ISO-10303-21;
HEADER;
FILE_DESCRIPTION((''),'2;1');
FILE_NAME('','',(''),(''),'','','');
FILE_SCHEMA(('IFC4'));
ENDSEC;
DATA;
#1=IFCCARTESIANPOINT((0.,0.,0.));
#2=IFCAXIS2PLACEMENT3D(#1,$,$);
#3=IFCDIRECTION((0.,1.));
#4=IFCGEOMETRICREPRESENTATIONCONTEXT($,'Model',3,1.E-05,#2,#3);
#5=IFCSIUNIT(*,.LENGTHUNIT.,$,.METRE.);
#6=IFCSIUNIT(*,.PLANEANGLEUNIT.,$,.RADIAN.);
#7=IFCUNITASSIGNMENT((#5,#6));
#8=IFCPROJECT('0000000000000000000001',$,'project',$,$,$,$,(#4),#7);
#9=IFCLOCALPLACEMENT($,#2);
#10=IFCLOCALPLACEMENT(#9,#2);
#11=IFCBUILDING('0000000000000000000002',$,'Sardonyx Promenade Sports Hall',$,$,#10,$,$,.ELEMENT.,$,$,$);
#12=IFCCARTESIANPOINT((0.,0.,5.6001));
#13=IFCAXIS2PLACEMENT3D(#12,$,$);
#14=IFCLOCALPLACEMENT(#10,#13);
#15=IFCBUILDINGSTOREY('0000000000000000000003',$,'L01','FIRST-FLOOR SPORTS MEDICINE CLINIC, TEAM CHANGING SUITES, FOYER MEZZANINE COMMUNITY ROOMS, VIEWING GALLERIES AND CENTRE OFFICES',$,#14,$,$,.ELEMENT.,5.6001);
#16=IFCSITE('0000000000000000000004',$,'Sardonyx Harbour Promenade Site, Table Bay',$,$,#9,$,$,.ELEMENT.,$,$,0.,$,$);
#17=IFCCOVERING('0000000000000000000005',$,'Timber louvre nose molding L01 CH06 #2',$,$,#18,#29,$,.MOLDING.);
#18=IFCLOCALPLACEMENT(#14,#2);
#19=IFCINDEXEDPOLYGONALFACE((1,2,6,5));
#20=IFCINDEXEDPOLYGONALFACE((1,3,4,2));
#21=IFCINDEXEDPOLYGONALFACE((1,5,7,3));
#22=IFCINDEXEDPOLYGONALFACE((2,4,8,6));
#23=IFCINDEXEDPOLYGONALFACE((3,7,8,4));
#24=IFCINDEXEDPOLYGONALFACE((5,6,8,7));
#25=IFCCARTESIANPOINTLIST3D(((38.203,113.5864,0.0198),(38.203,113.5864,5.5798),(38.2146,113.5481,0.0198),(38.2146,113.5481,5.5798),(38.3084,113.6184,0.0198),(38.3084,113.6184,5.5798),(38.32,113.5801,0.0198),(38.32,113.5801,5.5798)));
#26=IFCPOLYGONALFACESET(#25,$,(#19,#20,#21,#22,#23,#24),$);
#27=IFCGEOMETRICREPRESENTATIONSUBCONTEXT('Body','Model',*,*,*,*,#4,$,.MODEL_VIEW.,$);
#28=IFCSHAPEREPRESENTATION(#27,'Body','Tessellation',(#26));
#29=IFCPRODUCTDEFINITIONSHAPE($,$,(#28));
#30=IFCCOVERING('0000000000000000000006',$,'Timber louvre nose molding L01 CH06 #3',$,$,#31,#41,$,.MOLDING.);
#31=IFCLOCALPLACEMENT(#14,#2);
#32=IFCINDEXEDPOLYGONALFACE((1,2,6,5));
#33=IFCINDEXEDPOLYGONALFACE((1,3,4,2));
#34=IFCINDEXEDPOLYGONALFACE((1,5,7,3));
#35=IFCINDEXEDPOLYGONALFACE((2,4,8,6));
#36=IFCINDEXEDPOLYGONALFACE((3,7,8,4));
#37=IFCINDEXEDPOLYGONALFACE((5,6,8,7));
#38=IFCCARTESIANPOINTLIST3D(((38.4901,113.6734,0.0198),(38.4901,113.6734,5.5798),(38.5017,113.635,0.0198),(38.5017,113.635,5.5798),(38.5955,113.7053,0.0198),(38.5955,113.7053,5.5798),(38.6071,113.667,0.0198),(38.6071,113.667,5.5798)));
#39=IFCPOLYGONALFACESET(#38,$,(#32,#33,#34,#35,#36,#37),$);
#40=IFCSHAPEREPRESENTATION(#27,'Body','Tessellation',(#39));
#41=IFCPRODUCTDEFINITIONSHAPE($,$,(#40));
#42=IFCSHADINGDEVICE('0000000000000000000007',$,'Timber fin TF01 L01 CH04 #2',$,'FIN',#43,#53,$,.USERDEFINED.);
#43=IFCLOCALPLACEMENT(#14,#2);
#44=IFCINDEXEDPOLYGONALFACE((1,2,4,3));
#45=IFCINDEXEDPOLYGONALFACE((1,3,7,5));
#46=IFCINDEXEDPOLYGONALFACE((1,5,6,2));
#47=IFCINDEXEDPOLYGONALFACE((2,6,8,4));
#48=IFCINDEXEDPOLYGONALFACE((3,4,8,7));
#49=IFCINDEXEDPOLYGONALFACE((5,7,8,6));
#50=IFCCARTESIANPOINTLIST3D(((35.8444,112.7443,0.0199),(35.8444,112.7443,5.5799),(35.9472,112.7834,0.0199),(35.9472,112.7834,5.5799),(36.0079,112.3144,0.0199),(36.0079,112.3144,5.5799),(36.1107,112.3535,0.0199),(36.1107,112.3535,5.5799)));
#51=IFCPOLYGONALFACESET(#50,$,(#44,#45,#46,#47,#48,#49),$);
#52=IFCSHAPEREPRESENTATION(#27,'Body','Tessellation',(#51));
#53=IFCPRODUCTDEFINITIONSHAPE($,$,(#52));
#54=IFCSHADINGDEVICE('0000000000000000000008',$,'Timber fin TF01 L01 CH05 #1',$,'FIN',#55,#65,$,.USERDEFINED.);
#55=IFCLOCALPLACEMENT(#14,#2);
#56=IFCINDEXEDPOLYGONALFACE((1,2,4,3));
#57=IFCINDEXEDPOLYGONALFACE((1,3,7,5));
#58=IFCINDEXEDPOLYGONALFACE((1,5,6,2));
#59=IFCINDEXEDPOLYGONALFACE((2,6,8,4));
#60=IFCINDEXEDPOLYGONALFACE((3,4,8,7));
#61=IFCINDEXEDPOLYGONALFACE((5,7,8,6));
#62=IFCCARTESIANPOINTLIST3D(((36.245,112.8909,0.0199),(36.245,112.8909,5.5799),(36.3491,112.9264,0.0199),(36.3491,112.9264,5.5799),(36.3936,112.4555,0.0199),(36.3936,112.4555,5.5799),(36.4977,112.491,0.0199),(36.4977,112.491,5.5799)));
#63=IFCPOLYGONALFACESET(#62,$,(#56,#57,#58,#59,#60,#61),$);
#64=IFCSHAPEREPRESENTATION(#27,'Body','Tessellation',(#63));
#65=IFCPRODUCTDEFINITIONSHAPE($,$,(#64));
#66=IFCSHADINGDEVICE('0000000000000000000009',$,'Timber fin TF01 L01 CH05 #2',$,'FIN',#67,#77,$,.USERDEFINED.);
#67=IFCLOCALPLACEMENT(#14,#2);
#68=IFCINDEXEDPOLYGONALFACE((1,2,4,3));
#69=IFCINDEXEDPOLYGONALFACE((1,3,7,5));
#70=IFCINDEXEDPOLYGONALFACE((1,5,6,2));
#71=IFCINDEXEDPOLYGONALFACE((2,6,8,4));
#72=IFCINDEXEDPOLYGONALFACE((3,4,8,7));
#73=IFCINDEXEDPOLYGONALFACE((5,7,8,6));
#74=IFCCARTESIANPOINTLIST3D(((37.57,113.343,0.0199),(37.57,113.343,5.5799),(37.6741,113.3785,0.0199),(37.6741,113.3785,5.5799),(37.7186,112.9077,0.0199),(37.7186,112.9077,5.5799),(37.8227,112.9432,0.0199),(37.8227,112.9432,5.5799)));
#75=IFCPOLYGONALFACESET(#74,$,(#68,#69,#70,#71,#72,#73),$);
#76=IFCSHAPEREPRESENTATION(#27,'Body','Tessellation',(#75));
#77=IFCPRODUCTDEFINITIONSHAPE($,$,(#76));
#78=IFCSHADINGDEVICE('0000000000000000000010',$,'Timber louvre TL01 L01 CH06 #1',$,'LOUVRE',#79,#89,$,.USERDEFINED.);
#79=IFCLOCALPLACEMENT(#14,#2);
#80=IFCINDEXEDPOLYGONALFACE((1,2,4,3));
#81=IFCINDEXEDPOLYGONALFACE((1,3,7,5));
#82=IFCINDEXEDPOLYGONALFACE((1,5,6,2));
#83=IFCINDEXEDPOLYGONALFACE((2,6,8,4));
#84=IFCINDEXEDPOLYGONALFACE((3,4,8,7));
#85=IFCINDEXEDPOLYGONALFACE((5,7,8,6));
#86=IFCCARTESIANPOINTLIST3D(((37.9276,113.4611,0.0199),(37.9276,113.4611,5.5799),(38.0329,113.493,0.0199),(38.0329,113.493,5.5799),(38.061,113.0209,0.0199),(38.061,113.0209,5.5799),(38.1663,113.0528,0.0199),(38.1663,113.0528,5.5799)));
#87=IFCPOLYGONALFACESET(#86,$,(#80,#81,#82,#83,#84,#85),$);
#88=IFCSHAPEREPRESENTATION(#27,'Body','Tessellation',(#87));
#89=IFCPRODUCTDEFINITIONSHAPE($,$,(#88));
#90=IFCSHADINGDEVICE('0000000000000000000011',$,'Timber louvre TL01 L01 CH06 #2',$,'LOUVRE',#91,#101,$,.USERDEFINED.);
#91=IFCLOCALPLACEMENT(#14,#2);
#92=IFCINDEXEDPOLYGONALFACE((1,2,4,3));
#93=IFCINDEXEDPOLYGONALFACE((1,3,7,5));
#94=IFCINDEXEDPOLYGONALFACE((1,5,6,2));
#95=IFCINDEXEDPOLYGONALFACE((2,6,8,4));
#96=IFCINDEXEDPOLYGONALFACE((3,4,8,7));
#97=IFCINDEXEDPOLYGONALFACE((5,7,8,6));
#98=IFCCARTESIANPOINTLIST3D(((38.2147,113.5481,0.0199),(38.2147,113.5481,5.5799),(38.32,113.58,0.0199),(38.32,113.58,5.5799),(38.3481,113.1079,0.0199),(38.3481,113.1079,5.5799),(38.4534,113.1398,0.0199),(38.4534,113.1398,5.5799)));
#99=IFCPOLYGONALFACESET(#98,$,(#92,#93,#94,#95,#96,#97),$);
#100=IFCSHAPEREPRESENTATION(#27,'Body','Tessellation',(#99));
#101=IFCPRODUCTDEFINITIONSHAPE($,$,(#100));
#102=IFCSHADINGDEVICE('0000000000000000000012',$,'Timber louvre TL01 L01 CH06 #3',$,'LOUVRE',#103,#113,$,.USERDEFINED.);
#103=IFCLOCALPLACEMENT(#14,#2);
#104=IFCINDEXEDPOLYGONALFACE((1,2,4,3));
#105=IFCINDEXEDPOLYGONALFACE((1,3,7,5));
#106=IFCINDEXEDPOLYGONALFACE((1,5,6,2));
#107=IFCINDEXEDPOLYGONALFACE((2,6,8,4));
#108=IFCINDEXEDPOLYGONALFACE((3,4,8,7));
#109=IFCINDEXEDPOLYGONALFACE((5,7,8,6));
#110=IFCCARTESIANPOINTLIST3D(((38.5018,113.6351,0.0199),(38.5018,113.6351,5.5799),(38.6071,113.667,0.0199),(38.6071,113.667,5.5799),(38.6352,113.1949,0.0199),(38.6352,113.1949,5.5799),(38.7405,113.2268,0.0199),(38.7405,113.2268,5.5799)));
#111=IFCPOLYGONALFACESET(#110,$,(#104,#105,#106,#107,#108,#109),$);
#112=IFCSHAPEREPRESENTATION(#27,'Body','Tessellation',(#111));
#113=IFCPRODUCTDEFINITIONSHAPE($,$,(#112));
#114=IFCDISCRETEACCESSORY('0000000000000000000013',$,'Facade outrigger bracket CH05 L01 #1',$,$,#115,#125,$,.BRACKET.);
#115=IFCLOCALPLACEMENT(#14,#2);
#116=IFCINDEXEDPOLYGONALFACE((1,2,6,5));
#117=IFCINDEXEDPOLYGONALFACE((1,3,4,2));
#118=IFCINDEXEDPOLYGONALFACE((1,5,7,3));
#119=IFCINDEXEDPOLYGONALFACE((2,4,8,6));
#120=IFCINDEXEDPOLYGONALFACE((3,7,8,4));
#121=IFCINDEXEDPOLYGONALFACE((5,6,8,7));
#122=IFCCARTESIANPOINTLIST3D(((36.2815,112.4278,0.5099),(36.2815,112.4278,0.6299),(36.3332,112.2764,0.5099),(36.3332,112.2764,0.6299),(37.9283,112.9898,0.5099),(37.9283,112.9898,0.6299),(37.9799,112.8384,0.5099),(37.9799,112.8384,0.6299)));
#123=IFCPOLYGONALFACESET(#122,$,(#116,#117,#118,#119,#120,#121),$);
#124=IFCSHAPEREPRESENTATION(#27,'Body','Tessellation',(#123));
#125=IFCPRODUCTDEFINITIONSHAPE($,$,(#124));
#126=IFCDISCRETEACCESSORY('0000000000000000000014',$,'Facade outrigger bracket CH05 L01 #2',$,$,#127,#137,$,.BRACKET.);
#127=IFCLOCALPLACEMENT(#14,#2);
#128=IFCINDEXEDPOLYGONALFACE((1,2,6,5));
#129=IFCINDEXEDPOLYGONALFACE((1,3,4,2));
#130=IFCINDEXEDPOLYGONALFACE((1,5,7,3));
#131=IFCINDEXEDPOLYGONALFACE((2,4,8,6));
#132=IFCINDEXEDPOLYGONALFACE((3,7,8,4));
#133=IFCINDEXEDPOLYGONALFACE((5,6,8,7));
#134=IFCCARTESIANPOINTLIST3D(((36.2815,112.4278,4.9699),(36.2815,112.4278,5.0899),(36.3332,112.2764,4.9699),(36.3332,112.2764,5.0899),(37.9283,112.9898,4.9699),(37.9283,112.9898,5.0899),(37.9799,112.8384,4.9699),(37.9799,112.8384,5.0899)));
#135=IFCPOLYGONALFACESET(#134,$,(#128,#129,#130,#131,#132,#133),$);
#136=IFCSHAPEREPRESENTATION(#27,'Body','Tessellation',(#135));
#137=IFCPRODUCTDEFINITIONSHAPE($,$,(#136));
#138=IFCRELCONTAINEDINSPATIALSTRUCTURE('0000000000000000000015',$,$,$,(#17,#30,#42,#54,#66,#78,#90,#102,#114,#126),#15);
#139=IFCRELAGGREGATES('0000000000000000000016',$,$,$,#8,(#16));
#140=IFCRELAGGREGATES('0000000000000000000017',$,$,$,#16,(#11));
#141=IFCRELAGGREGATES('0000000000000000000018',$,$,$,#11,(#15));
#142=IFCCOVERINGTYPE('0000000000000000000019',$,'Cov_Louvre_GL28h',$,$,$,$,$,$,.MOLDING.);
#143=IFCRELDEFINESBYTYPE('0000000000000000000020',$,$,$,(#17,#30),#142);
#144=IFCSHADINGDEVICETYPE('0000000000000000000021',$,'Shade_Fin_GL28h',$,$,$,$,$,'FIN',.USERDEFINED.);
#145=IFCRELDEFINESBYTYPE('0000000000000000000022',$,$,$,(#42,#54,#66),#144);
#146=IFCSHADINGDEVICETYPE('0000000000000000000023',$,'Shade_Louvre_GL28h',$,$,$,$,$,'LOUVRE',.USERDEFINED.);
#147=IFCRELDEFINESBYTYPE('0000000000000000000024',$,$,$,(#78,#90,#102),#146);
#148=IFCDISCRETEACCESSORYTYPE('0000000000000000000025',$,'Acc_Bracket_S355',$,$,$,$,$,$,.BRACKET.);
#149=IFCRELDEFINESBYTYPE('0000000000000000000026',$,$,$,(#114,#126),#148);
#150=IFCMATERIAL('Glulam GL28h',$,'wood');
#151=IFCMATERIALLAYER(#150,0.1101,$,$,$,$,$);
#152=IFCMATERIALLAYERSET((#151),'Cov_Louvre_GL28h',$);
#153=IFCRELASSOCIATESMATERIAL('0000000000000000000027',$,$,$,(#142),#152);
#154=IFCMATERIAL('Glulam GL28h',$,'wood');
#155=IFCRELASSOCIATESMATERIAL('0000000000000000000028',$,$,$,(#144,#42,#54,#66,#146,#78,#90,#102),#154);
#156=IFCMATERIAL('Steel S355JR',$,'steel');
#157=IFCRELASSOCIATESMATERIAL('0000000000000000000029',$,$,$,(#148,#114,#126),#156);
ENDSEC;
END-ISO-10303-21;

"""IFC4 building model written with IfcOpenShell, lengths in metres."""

from ifc_helpers import new_model, si_unit, direction, frame, origin, origin_2d, place, context, subcontext, project, spatial, rectangle, extrude, material, layer, layer_set, type_object, element, save


model = new_model("IFC4")

# Units and contexts
model_context = context("Model", 3, precision=1e-05, world=origin(), true_north=direction((0.0, 1.0)))
body_context = subcontext(model_context, "Body", "Model", "MODEL_VIEW")
ifc_project = project(units=[si_unit("LENGTHUNIT", "METRE"), si_unit("PLANEANGLEUNIT", "RADIAN")], contexts=[model_context])

# Site, building, storey
site_placement = place(None, origin())
site = spatial("IfcSite", under=ifc_project, at=site_placement, Name="Sardonyx Harbour Promenade Site, Table Bay", CompositionType="ELEMENT", RefElevation=0.0)
building_placement = place(site_placement, origin())
building = spatial("IfcBuilding", under=site, at=building_placement, Name="Sardonyx Promenade Sports Hall", CompositionType="ELEMENT")
storey_placement = place(building_placement, frame((0.0, 0.0, 5.6001)))
storey = spatial("IfcBuildingStorey", under=building, at=storey_placement, Name="L01", Description="FIRST-FLOOR SPORTS MEDICINE CLINIC, TEAM CHANGING SUITES, FOYER MEZZANINE COMMUNITY ROOMS, VIEWING GALLERIES AND CENTRE OFFICES", CompositionType="ELEMENT", Elevation=5.6001)

# Coverings
ifc_material_1 = material(Name="Glulam GL28h", Category="wood")
ifc_layer_1 = layer(ifc_material_1, 0.1101)
ifc_layer_set_1 = layer_set([ifc_layer_1], Name="Cov_Louvre_GL28h")
covering_type = type_object("IfcCoveringType", Name="Cov_Louvre_GL28h", PredefinedType="MOLDING", material=ifc_layer_set_1)
for number, where, z_axis, x_axis, name in (
    (1, (38.2615, 113.5833, 0.0198), (0.0, 0.0, 1.0), (0.957021, 0.290017, 0.0), "Timber louvre nose molding L01 CH06 #2"),
    (2, (38.5486, 113.6702, 0.0198), (0.0, 0.0, 1.0), (0.957021, 0.290017, 0.0), "Timber louvre nose molding L01 CH06 #3"),
):
    element("IfcCovering", number, at=place(storey_placement, frame(where, z_axis=z_axis, x_axis=x_axis)), inside=storey, type_object=covering_type, Name=name, PredefinedType="MOLDING", context=body_context, shape_type="SweptSolid", body=[
        extrude(rectangle(XDim=0.1101, YDim=0.04, at=origin_2d()), origin(), (0.0, 0.0, 1.0), 5.5601),
    ])

# Shading devices
ifc_material_2 = material(Name="Glulam GL28h", Category="wood")
shading_device_type_1 = type_object("IfcShadingDeviceType", Name="Shade_Fin_GL28h", ElementType="FIN", PredefinedType="USERDEFINED", material=ifc_material_2)
for number, where, z_axis, x_axis, name in (
    (3, (35.9776, 112.5489, 0.0199), (0.0, 0.0, 1.0), (0.934666, 0.355528, 0.0), "Timber fin TF01 L01 CH04 #2"),
    (4, (36.3714, 112.6909, 0.0199), (0.0, 0.0, 1.0), (0.946411, 0.322966, 0.0), "Timber fin TF01 L01 CH05 #1"),
    (5, (37.6963, 113.1431, 0.0199), (0.0, 0.0, 1.0), (0.946411, 0.322966, 0.0), "Timber fin TF01 L01 CH05 #2"),
):
    element("IfcShadingDevice", number, at=place(storey_placement, frame(where, z_axis=z_axis, x_axis=x_axis)), inside=storey, type_object=shading_device_type_1, material=ifc_material_2, Name=name, ObjectType="FIN", PredefinedType="USERDEFINED", context=body_context, shape_type="SweptSolid", body=[
        extrude(rectangle(XDim=0.11, YDim=0.46), origin(), (0.0, 0.0, 1.0), 5.56),
    ])
shading_device_type_2 = type_object("IfcShadingDeviceType", Name="Shade_Louvre_GL28h", ElementType="LOUVRE", PredefinedType="USERDEFINED", material=ifc_material_2)
for number, where, z_axis, x_axis, name in (
    (6, (38.047, 113.2569, 0.0199), (0.0, 0.0, 1.0), (0.957021, 0.290017, 0.0), "Timber louvre TL01 L01 CH06 #1"),
    (7, (38.3341, 113.3439, 0.0199), (0.0, 0.0, 1.0), (0.957021, 0.290017, 0.0), "Timber louvre TL01 L01 CH06 #2"),
    (8, (38.6212, 113.4309, 0.0199), (0.0, 0.0, 1.0), (0.957021, 0.290017, 0.0), "Timber louvre TL01 L01 CH06 #3"),
):
    element("IfcShadingDevice", number, at=place(storey_placement, frame(where, z_axis=z_axis, x_axis=x_axis)), inside=storey, type_object=shading_device_type_2, material=ifc_material_2, Name=name, ObjectType="LOUVRE", PredefinedType="USERDEFINED", context=body_context, shape_type="SweptSolid", body=[
        extrude(rectangle(XDim=0.11, YDim=0.46), origin(), (0.0, 0.0, 1.0), 5.56),
    ])

# Discrete accessories
ifc_material_3 = material(Name="Steel S355JR", Category="steel")
discrete_accessory_type = type_object("IfcDiscreteAccessoryType", Name="Acc_Bracket_S355", PredefinedType="BRACKET", material=ifc_material_3)
for number, where, z_axis, x_axis, name in (
    (9, (37.1307, 112.6331, 0.5099), (0.0, 0.0, 1.0), (0.946411, 0.322966, 0.0), "Facade outrigger bracket CH05 L01 #1"),
    (10, (37.1307, 112.6331, 4.9699), (0.0, 0.0, 1.0), (0.946411, 0.322966, 0.0), "Facade outrigger bracket CH05 L01 #2"),
):
    element("IfcDiscreteAccessory", number, at=place(storey_placement, frame(where, z_axis=z_axis, x_axis=x_axis)), inside=storey, type_object=discrete_accessory_type, material=ifc_material_3, Name=name, PredefinedType="BRACKET", context=body_context, shape_type="SweptSolid", body=[
        extrude(rectangle(XDim=1.74, YDim=0.16), origin(), (0.0, 0.0, 1.0), 0.12),
    ])

save(model, "model.ifc")
